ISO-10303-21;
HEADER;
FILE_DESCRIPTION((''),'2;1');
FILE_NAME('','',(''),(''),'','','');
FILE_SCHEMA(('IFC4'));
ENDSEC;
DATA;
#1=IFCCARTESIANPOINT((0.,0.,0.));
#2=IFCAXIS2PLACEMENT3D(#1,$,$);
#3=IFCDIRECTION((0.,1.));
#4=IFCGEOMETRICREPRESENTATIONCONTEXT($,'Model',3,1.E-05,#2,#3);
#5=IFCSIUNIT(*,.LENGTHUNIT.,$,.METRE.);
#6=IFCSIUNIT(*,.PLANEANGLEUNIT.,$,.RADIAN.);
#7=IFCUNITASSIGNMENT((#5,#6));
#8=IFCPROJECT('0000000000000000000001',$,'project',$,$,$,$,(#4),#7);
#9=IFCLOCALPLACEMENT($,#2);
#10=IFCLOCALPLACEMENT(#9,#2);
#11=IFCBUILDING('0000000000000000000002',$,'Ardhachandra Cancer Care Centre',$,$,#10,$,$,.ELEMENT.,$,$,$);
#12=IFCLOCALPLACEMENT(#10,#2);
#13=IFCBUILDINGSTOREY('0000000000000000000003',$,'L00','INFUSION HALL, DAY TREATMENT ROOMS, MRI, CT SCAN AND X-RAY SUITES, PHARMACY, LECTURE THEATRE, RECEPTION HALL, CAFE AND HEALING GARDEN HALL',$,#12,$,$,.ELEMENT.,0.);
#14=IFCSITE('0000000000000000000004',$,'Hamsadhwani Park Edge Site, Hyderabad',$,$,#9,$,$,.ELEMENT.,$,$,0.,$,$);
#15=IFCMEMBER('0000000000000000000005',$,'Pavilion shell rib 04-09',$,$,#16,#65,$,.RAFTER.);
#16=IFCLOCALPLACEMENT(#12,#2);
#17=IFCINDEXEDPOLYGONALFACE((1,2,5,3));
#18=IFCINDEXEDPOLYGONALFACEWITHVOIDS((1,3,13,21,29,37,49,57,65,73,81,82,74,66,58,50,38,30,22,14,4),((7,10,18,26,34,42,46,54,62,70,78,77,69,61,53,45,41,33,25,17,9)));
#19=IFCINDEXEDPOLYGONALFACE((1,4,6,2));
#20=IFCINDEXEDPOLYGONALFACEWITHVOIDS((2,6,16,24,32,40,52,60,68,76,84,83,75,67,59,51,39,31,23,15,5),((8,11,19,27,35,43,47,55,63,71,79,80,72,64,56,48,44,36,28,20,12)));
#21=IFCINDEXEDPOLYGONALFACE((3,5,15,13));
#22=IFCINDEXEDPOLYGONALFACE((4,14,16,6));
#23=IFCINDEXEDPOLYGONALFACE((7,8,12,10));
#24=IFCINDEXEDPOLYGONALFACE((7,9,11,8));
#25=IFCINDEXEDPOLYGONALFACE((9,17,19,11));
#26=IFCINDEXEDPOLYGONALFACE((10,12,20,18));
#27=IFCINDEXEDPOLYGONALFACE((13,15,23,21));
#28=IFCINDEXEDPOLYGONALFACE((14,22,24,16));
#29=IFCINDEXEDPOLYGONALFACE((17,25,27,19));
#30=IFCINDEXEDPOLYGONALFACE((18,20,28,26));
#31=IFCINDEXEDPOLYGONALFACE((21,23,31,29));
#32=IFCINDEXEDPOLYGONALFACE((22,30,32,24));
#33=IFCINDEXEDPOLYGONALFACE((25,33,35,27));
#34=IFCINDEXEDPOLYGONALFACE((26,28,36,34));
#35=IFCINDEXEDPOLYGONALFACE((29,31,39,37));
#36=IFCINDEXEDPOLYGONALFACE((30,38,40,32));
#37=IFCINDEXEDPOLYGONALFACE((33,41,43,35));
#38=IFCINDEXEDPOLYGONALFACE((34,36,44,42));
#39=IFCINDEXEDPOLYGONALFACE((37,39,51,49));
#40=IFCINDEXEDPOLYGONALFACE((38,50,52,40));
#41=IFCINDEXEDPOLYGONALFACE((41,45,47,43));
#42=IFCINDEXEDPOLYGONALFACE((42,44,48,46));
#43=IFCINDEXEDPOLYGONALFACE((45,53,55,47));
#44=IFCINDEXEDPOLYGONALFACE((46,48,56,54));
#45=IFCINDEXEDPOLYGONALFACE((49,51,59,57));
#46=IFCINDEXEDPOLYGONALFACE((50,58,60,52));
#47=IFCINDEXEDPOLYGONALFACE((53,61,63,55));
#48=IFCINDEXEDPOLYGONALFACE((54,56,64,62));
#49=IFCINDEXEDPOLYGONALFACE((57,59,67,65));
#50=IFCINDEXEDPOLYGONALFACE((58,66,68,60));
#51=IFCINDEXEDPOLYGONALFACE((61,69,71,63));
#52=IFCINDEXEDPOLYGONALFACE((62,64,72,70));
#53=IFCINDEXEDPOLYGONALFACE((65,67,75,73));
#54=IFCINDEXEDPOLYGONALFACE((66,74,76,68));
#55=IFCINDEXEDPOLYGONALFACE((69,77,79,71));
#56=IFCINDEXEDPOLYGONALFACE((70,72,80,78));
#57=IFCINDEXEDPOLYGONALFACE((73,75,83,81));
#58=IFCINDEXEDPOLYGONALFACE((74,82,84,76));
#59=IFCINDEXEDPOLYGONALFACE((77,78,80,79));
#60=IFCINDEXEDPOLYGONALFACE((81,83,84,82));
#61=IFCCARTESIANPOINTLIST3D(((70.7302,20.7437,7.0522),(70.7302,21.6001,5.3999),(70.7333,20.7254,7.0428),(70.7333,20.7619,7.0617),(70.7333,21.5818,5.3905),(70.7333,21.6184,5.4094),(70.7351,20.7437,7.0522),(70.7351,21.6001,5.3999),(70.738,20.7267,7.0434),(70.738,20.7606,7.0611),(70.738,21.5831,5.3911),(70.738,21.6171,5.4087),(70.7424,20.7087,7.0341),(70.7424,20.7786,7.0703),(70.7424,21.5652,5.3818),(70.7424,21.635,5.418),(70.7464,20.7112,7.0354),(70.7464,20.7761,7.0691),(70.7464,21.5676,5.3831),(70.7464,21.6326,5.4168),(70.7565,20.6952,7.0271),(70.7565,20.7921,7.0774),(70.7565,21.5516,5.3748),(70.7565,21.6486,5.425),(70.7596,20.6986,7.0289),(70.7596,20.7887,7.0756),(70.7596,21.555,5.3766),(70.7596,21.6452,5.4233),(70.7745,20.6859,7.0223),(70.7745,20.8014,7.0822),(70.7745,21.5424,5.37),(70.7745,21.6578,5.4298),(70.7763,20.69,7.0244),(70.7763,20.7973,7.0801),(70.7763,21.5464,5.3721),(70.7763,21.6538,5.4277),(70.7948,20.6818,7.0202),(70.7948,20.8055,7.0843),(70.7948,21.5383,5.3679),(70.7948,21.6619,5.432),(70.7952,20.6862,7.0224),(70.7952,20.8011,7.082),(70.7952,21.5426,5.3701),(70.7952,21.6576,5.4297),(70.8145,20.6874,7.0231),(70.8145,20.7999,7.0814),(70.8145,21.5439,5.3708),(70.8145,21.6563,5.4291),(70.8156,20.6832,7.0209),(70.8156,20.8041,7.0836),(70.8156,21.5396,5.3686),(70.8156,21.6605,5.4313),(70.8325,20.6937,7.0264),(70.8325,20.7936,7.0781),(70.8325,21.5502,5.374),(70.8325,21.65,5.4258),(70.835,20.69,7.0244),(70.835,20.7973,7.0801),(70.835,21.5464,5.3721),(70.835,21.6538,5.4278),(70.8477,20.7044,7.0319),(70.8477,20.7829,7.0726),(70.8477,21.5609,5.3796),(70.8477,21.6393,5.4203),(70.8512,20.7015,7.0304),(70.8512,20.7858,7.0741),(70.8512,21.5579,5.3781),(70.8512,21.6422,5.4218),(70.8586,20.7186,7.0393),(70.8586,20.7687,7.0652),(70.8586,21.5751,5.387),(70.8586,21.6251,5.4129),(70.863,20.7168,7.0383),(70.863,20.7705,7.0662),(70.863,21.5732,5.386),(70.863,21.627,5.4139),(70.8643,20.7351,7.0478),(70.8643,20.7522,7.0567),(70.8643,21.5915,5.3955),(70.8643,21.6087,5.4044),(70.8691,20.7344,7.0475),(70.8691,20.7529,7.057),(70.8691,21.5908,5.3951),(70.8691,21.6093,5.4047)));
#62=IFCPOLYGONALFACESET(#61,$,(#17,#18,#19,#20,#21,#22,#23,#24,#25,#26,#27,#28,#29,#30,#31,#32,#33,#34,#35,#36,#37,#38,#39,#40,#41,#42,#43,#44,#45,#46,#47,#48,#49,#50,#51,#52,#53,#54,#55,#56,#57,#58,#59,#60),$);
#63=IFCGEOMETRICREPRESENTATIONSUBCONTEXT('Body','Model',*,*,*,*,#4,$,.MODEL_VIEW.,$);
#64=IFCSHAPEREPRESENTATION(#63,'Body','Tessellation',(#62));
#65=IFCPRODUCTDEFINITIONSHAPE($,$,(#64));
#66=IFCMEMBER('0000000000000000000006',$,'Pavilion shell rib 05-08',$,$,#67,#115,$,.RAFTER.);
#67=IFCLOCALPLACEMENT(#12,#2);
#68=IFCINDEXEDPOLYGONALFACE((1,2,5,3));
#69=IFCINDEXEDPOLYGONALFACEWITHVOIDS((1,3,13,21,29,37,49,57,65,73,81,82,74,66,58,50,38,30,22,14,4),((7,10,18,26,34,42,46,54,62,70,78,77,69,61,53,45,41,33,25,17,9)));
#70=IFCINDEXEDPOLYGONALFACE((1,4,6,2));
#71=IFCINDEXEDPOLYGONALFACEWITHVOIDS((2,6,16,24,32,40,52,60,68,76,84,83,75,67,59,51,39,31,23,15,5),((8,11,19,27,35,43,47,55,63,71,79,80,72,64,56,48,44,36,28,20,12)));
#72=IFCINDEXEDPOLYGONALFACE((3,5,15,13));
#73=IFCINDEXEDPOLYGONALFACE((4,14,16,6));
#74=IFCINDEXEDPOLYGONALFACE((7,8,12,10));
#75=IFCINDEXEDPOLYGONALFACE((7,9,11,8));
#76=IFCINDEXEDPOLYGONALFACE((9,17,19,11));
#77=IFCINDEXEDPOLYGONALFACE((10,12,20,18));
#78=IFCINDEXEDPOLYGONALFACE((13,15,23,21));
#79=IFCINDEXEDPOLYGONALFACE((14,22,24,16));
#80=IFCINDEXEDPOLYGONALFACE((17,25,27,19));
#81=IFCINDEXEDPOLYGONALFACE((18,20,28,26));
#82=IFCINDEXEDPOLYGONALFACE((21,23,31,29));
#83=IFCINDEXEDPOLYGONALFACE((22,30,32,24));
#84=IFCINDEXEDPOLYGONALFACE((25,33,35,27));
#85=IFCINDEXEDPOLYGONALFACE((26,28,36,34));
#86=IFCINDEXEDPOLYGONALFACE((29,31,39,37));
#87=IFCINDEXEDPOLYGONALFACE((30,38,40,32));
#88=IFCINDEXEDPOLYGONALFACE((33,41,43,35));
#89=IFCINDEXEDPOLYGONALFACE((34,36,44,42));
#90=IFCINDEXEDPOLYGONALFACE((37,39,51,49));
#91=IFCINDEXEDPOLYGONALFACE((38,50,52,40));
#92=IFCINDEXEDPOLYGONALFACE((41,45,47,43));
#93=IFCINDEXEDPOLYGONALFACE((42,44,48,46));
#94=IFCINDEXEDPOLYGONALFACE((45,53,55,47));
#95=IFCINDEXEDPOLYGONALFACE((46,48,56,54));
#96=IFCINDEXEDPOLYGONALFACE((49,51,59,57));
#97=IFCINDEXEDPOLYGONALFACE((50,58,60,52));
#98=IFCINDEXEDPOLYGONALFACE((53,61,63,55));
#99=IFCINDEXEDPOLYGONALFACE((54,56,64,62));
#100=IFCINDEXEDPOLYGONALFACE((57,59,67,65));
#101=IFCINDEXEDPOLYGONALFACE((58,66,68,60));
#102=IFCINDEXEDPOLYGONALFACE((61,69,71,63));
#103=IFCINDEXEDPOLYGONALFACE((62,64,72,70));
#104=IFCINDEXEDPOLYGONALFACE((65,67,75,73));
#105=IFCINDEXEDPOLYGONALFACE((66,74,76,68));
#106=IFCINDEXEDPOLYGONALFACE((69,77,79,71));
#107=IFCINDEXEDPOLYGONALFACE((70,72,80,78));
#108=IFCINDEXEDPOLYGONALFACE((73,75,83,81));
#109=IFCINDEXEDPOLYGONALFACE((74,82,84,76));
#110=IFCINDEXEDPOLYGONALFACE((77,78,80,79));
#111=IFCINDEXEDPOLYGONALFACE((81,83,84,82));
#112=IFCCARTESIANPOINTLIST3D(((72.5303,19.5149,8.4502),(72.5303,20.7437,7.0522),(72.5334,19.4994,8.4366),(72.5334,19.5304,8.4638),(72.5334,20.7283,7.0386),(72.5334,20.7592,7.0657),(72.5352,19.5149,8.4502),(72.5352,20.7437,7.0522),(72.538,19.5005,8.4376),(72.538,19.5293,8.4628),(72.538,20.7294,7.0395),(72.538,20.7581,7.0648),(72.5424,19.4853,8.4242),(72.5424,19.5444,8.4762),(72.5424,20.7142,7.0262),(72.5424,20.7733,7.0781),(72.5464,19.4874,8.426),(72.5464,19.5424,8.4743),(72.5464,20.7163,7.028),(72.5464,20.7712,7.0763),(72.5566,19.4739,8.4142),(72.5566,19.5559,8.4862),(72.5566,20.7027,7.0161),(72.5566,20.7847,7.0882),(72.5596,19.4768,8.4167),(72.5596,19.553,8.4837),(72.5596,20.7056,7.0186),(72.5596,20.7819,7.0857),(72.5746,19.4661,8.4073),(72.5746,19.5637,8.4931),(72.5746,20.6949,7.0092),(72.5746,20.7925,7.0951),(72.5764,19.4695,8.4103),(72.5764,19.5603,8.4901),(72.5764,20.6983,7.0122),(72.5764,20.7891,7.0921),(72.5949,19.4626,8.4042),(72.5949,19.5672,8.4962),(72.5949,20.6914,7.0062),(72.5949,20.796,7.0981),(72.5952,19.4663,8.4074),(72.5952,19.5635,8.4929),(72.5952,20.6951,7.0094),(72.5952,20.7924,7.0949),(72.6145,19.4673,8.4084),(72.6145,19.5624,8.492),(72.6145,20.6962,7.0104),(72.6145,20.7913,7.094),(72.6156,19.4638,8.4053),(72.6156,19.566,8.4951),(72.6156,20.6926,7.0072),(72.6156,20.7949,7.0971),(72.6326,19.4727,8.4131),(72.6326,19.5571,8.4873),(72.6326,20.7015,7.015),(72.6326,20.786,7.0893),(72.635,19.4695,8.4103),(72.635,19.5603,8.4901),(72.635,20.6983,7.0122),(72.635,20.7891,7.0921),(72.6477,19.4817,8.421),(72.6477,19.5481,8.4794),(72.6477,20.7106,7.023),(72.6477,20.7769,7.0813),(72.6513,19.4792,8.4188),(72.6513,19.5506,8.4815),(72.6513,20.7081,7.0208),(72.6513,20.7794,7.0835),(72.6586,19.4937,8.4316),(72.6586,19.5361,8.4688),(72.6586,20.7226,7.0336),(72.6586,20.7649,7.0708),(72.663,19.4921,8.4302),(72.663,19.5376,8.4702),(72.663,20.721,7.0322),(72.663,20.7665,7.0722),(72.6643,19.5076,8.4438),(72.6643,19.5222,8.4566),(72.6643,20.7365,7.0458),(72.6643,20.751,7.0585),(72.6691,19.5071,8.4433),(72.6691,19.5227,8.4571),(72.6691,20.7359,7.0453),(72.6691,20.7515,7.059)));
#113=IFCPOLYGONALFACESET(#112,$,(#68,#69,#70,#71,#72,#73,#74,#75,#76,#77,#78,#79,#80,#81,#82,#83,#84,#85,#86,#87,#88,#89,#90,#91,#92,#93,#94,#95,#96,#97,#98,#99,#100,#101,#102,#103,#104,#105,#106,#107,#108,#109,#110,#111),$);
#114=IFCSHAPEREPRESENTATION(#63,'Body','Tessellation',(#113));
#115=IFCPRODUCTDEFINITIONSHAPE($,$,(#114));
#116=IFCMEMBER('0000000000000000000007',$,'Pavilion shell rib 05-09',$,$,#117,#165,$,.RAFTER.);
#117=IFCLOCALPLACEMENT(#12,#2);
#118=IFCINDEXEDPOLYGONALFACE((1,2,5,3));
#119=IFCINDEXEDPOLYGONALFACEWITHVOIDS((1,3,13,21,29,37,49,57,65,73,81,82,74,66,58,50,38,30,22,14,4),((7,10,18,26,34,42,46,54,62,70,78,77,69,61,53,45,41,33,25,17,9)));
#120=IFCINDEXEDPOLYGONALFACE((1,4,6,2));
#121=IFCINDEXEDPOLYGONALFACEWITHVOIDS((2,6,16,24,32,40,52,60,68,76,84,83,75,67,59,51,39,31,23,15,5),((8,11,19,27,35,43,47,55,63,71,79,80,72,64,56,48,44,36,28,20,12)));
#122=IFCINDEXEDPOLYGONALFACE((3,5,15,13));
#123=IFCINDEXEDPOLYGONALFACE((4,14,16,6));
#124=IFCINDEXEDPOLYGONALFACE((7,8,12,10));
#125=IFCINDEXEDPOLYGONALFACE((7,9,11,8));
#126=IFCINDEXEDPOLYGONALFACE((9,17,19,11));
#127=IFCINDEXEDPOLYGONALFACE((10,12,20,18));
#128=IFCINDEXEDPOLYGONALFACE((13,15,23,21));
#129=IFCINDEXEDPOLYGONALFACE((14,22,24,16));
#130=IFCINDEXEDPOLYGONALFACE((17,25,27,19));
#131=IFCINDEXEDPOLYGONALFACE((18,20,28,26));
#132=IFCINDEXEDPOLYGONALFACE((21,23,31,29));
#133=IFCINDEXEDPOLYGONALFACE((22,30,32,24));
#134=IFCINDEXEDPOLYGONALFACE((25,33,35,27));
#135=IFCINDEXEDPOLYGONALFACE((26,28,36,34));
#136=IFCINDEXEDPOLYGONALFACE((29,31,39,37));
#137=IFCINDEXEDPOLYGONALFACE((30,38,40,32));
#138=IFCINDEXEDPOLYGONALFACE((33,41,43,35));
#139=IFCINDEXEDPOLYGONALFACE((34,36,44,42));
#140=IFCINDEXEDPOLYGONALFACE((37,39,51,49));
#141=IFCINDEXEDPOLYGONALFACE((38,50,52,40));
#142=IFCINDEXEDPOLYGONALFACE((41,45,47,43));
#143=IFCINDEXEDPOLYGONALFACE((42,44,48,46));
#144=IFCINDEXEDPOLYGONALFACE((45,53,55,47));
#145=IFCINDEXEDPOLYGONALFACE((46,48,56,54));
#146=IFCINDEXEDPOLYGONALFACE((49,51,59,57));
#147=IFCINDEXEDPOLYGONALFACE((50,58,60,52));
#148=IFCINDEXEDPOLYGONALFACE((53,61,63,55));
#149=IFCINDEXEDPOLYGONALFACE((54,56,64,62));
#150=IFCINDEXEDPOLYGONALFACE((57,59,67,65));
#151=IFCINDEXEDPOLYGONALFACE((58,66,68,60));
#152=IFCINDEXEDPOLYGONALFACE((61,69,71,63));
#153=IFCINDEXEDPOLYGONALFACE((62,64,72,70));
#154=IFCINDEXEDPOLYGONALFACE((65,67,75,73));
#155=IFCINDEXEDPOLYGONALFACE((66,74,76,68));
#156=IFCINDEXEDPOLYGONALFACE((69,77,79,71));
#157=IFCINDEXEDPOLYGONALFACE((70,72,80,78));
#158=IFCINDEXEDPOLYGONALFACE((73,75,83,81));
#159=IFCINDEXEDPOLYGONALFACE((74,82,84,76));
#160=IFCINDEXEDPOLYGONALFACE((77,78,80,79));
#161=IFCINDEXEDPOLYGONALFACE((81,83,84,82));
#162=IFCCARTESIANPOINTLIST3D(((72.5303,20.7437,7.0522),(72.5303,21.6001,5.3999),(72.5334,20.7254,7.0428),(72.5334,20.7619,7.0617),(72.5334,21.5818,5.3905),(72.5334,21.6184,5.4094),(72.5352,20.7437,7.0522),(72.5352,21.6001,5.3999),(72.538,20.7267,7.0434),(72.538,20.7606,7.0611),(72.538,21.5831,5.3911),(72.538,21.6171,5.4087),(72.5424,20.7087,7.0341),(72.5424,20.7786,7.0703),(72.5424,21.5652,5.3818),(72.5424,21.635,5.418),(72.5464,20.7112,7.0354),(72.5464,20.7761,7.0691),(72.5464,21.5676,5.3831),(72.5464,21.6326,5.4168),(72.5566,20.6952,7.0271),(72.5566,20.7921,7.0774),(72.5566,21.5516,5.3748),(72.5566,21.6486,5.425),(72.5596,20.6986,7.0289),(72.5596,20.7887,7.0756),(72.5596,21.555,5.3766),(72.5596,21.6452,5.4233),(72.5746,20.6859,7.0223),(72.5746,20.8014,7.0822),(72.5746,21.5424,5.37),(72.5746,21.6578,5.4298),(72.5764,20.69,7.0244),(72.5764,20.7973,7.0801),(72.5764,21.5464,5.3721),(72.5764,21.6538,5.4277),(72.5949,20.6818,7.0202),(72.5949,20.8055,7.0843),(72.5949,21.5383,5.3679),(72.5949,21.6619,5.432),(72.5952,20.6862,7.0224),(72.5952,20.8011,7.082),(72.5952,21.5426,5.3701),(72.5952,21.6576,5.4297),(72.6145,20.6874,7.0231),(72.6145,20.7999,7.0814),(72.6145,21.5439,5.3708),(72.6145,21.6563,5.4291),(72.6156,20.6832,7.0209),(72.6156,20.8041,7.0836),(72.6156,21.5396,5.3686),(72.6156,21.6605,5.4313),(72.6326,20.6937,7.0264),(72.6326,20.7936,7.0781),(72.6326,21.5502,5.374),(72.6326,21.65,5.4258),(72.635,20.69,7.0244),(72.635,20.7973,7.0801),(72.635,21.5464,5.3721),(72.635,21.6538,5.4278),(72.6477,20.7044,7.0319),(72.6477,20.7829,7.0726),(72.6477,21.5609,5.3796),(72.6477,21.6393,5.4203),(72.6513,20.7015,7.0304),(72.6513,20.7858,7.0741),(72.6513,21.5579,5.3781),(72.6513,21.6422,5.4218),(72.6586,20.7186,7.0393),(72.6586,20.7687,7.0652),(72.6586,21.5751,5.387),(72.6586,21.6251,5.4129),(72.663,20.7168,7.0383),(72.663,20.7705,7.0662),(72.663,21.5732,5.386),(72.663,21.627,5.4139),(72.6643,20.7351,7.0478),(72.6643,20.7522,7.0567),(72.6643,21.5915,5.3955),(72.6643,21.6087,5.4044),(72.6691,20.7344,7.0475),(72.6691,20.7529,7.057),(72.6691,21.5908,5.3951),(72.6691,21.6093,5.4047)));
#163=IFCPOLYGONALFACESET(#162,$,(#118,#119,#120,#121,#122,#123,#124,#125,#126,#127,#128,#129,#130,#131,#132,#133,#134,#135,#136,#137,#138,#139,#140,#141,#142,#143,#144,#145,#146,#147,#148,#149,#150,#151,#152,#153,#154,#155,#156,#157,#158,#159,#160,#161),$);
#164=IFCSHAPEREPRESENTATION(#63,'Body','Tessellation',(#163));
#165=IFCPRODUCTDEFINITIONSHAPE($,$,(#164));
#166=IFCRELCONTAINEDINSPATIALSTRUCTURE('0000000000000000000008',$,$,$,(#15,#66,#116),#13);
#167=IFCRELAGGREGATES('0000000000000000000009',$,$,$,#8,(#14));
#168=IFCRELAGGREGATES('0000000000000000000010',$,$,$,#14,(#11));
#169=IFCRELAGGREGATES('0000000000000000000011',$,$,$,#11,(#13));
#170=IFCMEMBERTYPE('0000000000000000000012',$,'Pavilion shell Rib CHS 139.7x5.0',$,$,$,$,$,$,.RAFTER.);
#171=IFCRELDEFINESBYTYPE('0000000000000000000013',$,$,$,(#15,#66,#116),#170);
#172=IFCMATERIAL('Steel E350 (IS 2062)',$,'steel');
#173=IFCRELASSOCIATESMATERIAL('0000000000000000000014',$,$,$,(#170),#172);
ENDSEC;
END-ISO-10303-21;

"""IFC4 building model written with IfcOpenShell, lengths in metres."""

from ifc_helpers import new_model, si_unit, direction, frame, origin, origin_2d, place, context, subcontext, project, spatial, hollow_circle, extrude, material, material_profile, profile_set, type_object, element, save


model = new_model("IFC4")

# Units and contexts
model_context = context("Model", 3, precision=1e-05, world=origin(), true_north=direction((0.0, 1.0)))
body_context = subcontext(model_context, "Body", "Model", "MODEL_VIEW")
ifc_project = project(units=[si_unit("LENGTHUNIT", "METRE"), si_unit("PLANEANGLEUNIT", "RADIAN")], contexts=[model_context])

# Site, building, storey
site_placement = place(None, origin())
site = spatial("IfcSite", under=ifc_project, at=site_placement, Name="Hamsadhwani Park Edge Site, Hyderabad", CompositionType="ELEMENT", RefElevation=0.0)
building_placement = place(site_placement, origin())
building = spatial("IfcBuilding", under=site, at=building_placement, Name="Ardhachandra Cancer Care Centre", CompositionType="ELEMENT")
storey_placement = place(building_placement, origin())
storey = spatial("IfcBuildingStorey", under=building, at=storey_placement, Name="L00", Description="INFUSION HALL, DAY TREATMENT ROOMS, MRI, CT SCAN AND X-RAY SUITES, PHARMACY, LECTURE THEATRE, RECEPTION HALL, CAFE AND HEALING GARDEN HALL", CompositionType="ELEMENT", Elevation=0.0)

# Members
ifc_material_1 = material(Name="Steel E350 (IS 2062)", Category="steel")
ifc_material_profile_1 = material_profile(ifc_material_1, hollow_circle(Radius=0.0698, WallThickness=0.0049, at=origin_2d()), Name="CHS 139.7x5.0")
ifc_profile_set_1 = profile_set([ifc_material_profile_1], Name="Steel E350 (IS 2062)")
member_type_1 = type_object("IfcMemberType", Name="Pavilion shell Rib CHS 139.7x5.0", PredefinedType="RAFTER", material=ifc_profile_set_1)
member_1_placement = place(storey_placement, frame((70.8, 20.7437, 7.0522), z_axis=(0.0, 0.460179, -0.887826), x_axis=(-1.0, 0.0, 0.0)))
element("IfcMember", 1, at=member_1_placement, inside=storey, type_object=member_type_1, Name="Pavilion shell rib 04-09", PredefinedType="RAFTER", context=body_context, shape_type="SweptSolid", body=[
    extrude(hollow_circle(Radius=0.0698, WallThickness=0.0049, at=origin_2d()), origin(), (0.0, 0.0, 1.0), 1.8611),
])
member_2_placement = place(storey_placement, frame((72.6001, 19.5149, 8.4502), z_axis=(0.0, 0.660193, -0.751096), x_axis=(-1.0, 0.0, 0.0)))
element("IfcMember", 2, at=member_2_placement, inside=storey, type_object=member_type_1, Name="Pavilion shell rib 05-08", PredefinedType="RAFTER", context=body_context, shape_type="SweptSolid", body=[
    extrude(hollow_circle(Radius=0.0698, WallThickness=0.0049, at=origin_2d()), origin(), (0.0, 0.0, 1.0), 1.8613),
])
member_3_placement = place(storey_placement, frame((72.6001, 20.7437, 7.0522), z_axis=(0.0, 0.460179, -0.887826), x_axis=(-1.0, 0.0, 0.0)))
element("IfcMember", 3, at=member_3_placement, inside=storey, type_object=member_type_1, Name="Pavilion shell rib 05-09", PredefinedType="RAFTER", context=body_context, shape_type="SweptSolid", body=[
    extrude(hollow_circle(Radius=0.0698, WallThickness=0.0049, at=origin_2d()), origin(), (0.0, 0.0, 1.0), 1.8611),
])

save(model, "model.ifc")
